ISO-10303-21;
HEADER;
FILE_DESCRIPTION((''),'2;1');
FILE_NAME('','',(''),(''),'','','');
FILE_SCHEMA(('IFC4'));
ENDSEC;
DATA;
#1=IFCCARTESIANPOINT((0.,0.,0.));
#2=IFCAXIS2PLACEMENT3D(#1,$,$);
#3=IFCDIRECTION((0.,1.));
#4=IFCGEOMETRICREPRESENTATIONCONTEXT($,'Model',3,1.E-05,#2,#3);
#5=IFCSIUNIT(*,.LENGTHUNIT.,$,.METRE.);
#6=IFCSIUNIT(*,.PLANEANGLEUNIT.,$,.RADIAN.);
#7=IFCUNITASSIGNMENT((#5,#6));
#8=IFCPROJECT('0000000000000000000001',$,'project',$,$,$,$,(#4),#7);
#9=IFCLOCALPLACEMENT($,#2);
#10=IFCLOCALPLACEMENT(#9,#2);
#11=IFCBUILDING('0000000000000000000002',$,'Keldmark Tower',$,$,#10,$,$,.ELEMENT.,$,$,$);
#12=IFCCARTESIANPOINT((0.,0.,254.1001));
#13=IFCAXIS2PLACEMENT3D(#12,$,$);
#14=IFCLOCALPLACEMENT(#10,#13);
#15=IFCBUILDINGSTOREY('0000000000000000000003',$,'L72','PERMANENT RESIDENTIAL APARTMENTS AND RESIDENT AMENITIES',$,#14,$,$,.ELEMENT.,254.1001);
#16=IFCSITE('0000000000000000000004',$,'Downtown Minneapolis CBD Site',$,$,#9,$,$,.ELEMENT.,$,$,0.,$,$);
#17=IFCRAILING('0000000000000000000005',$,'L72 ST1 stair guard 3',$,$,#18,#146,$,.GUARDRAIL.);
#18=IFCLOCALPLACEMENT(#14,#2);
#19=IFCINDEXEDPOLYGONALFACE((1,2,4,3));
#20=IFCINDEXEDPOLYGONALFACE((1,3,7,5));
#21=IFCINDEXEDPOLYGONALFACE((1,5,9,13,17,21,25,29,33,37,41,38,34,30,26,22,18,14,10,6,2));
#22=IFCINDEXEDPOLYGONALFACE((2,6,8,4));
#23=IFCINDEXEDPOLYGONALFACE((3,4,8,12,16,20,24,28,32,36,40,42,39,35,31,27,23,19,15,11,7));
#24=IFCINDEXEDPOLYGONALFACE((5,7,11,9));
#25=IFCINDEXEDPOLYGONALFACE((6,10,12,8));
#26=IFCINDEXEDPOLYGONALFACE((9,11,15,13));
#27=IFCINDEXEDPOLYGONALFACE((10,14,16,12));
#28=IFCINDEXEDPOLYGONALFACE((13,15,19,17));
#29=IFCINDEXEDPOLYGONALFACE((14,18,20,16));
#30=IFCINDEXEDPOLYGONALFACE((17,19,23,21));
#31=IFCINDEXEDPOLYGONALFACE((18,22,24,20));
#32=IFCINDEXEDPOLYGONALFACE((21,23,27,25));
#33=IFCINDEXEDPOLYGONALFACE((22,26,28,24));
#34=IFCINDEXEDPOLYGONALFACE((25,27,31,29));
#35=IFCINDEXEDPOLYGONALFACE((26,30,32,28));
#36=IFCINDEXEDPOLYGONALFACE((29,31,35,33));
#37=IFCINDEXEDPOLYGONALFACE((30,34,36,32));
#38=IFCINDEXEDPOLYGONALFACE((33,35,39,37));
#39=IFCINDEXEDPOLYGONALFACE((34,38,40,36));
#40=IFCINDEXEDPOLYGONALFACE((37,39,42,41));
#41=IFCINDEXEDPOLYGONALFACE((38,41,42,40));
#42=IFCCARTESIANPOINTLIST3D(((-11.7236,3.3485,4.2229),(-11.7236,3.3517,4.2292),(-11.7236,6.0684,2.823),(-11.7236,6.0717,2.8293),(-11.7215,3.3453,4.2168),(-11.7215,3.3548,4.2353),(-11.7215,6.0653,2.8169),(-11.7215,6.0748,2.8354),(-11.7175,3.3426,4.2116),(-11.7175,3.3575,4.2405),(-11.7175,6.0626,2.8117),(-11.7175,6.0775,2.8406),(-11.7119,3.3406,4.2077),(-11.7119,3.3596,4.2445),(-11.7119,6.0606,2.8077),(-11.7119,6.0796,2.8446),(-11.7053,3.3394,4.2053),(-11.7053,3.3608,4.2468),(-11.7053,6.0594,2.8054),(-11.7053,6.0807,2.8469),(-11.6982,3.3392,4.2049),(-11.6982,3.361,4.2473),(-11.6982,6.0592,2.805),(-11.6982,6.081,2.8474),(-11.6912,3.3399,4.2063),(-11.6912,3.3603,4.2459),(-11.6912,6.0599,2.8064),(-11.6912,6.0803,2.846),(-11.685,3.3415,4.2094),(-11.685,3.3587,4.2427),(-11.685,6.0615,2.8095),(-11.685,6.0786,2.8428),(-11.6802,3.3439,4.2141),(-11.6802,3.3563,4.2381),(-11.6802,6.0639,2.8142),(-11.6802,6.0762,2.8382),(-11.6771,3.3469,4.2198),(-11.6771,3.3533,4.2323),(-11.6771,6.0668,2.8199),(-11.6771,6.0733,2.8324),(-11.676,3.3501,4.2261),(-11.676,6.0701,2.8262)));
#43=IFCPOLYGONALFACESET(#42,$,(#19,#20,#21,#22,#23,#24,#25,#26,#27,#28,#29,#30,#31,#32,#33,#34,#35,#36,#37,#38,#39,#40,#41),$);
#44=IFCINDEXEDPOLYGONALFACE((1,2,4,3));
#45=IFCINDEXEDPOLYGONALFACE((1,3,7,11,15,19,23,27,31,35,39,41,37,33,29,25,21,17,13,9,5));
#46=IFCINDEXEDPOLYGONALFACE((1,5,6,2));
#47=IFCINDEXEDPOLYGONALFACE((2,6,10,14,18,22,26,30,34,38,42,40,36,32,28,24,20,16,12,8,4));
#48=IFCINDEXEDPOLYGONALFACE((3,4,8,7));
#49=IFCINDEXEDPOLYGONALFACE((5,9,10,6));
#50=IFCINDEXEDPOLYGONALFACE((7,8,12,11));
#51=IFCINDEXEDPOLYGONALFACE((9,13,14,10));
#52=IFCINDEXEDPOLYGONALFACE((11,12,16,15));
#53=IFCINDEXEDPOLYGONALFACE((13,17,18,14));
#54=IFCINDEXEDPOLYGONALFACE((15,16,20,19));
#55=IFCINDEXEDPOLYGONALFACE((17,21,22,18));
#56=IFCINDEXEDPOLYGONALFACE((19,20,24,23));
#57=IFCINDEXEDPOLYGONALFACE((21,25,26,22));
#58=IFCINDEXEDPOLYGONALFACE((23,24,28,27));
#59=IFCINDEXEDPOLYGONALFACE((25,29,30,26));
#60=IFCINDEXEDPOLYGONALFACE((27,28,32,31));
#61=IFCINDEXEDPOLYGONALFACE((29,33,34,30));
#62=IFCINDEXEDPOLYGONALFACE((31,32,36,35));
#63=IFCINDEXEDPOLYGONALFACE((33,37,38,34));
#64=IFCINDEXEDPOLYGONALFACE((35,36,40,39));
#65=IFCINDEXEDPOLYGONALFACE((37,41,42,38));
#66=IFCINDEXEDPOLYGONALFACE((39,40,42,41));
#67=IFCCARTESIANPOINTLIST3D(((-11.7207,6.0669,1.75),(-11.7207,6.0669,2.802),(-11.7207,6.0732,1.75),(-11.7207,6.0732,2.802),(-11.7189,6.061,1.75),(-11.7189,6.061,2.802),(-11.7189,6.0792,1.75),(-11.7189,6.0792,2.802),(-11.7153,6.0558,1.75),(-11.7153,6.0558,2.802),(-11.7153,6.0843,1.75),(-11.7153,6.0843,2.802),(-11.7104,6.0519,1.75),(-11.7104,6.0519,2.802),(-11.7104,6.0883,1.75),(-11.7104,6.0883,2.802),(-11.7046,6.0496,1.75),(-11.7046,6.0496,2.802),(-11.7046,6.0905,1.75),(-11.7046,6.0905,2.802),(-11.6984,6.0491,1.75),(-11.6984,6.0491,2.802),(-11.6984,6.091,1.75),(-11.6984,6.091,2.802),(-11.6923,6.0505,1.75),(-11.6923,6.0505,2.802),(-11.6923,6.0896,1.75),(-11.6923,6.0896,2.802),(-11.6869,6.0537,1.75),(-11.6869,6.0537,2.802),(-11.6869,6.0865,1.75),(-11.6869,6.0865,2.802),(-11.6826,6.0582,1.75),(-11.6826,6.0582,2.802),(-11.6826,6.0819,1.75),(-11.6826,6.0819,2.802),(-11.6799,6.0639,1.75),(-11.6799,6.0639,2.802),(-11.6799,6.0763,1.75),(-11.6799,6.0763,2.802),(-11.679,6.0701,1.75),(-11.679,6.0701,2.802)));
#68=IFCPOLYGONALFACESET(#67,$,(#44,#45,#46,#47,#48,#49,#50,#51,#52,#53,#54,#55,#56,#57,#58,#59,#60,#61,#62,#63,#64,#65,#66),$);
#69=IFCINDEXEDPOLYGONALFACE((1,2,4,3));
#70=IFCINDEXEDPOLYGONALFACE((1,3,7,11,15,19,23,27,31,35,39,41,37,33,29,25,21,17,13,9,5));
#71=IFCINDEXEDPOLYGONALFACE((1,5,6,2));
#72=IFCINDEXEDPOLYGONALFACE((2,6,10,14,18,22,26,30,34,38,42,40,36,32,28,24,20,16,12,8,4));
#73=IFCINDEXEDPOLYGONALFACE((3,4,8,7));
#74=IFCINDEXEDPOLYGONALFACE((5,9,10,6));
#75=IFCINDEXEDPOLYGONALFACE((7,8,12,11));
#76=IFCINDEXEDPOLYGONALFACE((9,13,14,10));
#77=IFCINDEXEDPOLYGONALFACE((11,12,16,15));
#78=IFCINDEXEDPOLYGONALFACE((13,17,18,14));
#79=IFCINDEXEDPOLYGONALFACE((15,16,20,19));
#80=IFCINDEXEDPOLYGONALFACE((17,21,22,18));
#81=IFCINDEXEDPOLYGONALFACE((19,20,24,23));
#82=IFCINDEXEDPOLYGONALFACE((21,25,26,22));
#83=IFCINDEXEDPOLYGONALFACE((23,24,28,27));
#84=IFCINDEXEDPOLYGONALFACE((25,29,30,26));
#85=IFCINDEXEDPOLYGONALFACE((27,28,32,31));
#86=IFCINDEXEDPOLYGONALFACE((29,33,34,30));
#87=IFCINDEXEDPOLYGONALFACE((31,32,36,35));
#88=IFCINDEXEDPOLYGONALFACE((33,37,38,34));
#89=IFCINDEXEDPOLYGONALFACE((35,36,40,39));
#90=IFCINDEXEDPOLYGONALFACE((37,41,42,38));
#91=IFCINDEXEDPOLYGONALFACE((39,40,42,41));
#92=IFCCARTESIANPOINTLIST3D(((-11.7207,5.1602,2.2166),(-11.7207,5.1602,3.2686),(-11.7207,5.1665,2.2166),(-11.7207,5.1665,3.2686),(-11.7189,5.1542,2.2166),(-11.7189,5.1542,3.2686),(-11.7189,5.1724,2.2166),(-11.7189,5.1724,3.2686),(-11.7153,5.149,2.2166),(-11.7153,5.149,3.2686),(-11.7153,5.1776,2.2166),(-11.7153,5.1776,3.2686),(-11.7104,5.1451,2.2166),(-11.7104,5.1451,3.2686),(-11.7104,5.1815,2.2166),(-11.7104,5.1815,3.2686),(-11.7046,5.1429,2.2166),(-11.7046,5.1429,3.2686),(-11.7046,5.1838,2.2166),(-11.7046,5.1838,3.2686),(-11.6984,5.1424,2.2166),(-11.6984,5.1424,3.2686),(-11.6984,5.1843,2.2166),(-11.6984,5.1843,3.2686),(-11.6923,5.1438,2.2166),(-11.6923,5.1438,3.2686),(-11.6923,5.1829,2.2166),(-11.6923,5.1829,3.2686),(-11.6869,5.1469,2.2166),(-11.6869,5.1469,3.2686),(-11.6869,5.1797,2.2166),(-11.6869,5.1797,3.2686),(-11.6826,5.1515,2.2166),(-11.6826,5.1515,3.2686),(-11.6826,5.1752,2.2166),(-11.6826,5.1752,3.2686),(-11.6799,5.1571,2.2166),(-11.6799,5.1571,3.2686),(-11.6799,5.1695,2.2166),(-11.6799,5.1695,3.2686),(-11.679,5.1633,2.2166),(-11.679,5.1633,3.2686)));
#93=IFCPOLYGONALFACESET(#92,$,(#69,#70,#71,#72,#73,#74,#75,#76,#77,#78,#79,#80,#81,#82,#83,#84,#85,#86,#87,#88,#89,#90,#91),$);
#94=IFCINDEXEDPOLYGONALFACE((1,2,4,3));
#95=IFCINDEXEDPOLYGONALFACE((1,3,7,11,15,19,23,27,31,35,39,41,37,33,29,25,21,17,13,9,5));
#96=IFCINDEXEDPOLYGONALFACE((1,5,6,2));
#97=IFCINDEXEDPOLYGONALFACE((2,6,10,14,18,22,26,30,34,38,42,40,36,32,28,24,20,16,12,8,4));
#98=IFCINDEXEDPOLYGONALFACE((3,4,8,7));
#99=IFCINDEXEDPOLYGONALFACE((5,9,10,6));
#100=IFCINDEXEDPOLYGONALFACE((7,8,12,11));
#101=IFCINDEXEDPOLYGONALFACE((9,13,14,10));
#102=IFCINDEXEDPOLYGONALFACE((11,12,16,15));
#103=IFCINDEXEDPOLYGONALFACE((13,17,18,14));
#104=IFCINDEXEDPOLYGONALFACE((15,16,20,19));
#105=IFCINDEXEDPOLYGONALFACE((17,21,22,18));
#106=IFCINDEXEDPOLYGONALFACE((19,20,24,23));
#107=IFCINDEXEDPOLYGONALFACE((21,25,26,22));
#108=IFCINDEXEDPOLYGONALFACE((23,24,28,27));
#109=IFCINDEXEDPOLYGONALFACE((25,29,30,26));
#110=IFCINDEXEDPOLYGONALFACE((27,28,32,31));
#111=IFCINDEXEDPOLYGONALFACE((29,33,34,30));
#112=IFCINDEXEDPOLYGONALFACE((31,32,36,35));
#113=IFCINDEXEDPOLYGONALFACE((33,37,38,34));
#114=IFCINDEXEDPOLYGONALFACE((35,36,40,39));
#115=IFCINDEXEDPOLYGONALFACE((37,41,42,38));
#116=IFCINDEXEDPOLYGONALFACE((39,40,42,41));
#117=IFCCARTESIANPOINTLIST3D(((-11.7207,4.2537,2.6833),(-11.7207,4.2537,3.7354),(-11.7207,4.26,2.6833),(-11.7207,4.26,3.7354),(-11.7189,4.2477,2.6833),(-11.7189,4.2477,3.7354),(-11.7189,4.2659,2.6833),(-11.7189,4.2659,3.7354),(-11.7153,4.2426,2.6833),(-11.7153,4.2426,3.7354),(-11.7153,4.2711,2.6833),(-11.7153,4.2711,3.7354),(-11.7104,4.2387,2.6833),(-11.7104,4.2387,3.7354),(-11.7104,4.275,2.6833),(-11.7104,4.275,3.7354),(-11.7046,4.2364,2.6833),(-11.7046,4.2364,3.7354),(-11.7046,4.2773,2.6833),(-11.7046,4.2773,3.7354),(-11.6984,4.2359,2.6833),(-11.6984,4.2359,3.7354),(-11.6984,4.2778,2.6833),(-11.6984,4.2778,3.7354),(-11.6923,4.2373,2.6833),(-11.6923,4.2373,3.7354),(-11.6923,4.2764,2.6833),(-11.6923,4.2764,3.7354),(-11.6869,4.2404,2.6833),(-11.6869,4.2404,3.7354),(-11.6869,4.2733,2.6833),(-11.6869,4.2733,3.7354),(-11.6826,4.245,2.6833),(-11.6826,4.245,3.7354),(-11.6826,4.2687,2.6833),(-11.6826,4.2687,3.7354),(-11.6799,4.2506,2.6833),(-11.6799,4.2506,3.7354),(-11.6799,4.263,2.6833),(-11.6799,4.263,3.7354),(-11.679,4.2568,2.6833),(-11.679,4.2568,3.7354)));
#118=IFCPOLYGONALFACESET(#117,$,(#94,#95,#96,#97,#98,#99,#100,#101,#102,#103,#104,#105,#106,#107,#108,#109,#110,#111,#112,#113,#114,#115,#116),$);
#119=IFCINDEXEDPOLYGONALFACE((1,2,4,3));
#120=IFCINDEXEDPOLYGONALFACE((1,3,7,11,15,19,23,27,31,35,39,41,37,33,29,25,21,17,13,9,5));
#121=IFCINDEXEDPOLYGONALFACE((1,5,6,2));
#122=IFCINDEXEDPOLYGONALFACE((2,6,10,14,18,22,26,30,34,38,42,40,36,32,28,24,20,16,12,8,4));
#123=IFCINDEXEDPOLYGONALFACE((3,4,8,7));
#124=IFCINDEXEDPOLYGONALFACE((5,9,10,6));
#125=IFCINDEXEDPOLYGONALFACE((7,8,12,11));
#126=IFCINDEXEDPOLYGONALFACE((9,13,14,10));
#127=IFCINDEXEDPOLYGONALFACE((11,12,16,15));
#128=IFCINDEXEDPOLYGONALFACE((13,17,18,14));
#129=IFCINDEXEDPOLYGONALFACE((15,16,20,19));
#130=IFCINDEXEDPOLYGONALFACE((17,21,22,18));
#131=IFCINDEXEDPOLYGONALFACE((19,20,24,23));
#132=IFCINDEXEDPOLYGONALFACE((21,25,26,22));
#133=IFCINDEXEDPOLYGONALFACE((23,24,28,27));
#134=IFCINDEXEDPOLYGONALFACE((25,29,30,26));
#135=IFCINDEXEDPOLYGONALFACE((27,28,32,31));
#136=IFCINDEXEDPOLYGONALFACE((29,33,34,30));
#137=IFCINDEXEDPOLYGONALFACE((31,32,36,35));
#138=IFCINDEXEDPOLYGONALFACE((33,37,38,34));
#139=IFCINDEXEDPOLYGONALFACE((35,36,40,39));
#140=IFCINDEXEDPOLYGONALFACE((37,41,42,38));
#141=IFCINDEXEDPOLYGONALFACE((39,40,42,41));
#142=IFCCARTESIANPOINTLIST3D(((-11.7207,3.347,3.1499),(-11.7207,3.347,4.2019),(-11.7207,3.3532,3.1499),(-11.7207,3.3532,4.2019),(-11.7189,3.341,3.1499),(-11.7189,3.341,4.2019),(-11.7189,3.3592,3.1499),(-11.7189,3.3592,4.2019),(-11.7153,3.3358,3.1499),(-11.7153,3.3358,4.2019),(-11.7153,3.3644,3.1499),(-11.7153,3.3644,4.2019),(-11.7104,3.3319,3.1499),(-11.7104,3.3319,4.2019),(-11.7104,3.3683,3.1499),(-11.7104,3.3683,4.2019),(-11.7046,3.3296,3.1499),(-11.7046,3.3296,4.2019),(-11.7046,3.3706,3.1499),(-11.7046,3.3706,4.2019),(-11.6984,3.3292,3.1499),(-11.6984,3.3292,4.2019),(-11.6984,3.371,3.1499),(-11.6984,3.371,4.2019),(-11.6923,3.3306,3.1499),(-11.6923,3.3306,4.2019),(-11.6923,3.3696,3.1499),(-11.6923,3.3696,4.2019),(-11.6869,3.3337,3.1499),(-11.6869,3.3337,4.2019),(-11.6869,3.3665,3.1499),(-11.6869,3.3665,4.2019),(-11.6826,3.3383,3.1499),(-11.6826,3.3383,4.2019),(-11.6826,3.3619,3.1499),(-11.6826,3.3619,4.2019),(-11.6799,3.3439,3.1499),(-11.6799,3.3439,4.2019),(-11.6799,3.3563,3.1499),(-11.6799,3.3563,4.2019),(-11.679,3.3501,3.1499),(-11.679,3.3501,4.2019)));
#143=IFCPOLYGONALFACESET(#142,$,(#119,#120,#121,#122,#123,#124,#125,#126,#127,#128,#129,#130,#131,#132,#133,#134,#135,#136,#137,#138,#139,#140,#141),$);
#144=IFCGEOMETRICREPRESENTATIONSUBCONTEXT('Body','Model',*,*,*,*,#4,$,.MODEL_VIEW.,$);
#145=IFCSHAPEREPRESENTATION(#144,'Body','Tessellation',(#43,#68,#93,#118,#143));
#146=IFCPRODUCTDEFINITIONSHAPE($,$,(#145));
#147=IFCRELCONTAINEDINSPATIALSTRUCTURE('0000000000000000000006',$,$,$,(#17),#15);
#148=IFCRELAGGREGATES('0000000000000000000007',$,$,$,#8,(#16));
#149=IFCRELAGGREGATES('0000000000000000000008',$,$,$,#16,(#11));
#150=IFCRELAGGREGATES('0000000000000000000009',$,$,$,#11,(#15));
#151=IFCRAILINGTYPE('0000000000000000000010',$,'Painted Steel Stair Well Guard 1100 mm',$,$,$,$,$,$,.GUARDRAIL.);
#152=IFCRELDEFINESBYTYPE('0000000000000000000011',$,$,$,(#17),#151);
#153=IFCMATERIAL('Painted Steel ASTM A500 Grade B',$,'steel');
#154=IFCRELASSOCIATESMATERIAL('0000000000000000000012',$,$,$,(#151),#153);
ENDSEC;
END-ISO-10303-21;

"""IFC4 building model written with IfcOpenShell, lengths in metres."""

from ifc_helpers import new_model, si_unit, direction, frame, origin, origin_2d, place, context, subcontext, project, spatial, circle, extrude, material, type_object, element, save


model = new_model("IFC4")

# Units and contexts
model_context = context("Model", 3, precision=1e-05, world=origin(), true_north=direction((0.0, 1.0)))
body_context = subcontext(model_context, "Body", "Model", "MODEL_VIEW")
ifc_project = project(units=[si_unit("LENGTHUNIT", "METRE"), si_unit("PLANEANGLEUNIT", "RADIAN")], contexts=[model_context])

# Site, building, storey
site_placement = place(None, origin())
site = spatial("IfcSite", under=ifc_project, at=site_placement, Name="Downtown Minneapolis CBD Site", CompositionType="ELEMENT", RefElevation=0.0)
building_placement = place(site_placement, origin())
building = spatial("IfcBuilding", under=site, at=building_placement, Name="Keldmark Tower", CompositionType="ELEMENT")
storey_placement = place(building_placement, frame((0.0, 0.0, 254.1001)))
storey = spatial("IfcBuildingStorey", under=building, at=storey_placement, Name="L72", Description="PERMANENT RESIDENTIAL APARTMENTS AND RESIDENT AMENITIES", CompositionType="ELEMENT", Elevation=254.1001)

# Railing
ifc_material_1 = material(Name="Painted Steel ASTM A500 Grade B", Category="steel")
railing_type_1 = type_object("IfcRailingType", Name="Painted Steel Stair Well Guard 1100 mm", PredefinedType="GUARDRAIL", material=ifc_material_1)
railing_1_placement = place(storey_placement, frame((-11.7, 6.0701, 1.75)))
element("IfcRailing", 1, at=railing_1_placement, inside=storey, type_object=railing_type_1, Name="L72 ST1 stair guard 3", PredefinedType="GUARDRAIL", context=body_context, shape_type="SweptSolid", body=[
    extrude(circle(Radius=0.0239, at=origin_2d()), frame((0.0, 0.0, 1.0762), z_axis=(0.0, -0.889147, 0.457622), x_axis=(1.0, 0.0, 0.0)), (0.0, 0.0, 1.0), 3.0591),
    extrude(circle(Radius=0.021, at=origin_2d()), origin(), (0.0, 0.0, 1.0), 1.052),
    extrude(circle(Radius=0.021, at=origin_2d()), frame((0.0, -0.9067, 0.4666)), (0.0, 0.0, 1.0), 1.052),
    extrude(circle(Radius=0.021, at=origin_2d()), frame((0.0, -1.8132, 0.9333)), (0.0, 0.0, 1.0), 1.052),
    extrude(circle(Radius=0.021, at=origin_2d()), frame((0.0, -2.72, 1.3999)), (0.0, 0.0, 1.0), 1.052),
])

save(model, "model.ifc")
